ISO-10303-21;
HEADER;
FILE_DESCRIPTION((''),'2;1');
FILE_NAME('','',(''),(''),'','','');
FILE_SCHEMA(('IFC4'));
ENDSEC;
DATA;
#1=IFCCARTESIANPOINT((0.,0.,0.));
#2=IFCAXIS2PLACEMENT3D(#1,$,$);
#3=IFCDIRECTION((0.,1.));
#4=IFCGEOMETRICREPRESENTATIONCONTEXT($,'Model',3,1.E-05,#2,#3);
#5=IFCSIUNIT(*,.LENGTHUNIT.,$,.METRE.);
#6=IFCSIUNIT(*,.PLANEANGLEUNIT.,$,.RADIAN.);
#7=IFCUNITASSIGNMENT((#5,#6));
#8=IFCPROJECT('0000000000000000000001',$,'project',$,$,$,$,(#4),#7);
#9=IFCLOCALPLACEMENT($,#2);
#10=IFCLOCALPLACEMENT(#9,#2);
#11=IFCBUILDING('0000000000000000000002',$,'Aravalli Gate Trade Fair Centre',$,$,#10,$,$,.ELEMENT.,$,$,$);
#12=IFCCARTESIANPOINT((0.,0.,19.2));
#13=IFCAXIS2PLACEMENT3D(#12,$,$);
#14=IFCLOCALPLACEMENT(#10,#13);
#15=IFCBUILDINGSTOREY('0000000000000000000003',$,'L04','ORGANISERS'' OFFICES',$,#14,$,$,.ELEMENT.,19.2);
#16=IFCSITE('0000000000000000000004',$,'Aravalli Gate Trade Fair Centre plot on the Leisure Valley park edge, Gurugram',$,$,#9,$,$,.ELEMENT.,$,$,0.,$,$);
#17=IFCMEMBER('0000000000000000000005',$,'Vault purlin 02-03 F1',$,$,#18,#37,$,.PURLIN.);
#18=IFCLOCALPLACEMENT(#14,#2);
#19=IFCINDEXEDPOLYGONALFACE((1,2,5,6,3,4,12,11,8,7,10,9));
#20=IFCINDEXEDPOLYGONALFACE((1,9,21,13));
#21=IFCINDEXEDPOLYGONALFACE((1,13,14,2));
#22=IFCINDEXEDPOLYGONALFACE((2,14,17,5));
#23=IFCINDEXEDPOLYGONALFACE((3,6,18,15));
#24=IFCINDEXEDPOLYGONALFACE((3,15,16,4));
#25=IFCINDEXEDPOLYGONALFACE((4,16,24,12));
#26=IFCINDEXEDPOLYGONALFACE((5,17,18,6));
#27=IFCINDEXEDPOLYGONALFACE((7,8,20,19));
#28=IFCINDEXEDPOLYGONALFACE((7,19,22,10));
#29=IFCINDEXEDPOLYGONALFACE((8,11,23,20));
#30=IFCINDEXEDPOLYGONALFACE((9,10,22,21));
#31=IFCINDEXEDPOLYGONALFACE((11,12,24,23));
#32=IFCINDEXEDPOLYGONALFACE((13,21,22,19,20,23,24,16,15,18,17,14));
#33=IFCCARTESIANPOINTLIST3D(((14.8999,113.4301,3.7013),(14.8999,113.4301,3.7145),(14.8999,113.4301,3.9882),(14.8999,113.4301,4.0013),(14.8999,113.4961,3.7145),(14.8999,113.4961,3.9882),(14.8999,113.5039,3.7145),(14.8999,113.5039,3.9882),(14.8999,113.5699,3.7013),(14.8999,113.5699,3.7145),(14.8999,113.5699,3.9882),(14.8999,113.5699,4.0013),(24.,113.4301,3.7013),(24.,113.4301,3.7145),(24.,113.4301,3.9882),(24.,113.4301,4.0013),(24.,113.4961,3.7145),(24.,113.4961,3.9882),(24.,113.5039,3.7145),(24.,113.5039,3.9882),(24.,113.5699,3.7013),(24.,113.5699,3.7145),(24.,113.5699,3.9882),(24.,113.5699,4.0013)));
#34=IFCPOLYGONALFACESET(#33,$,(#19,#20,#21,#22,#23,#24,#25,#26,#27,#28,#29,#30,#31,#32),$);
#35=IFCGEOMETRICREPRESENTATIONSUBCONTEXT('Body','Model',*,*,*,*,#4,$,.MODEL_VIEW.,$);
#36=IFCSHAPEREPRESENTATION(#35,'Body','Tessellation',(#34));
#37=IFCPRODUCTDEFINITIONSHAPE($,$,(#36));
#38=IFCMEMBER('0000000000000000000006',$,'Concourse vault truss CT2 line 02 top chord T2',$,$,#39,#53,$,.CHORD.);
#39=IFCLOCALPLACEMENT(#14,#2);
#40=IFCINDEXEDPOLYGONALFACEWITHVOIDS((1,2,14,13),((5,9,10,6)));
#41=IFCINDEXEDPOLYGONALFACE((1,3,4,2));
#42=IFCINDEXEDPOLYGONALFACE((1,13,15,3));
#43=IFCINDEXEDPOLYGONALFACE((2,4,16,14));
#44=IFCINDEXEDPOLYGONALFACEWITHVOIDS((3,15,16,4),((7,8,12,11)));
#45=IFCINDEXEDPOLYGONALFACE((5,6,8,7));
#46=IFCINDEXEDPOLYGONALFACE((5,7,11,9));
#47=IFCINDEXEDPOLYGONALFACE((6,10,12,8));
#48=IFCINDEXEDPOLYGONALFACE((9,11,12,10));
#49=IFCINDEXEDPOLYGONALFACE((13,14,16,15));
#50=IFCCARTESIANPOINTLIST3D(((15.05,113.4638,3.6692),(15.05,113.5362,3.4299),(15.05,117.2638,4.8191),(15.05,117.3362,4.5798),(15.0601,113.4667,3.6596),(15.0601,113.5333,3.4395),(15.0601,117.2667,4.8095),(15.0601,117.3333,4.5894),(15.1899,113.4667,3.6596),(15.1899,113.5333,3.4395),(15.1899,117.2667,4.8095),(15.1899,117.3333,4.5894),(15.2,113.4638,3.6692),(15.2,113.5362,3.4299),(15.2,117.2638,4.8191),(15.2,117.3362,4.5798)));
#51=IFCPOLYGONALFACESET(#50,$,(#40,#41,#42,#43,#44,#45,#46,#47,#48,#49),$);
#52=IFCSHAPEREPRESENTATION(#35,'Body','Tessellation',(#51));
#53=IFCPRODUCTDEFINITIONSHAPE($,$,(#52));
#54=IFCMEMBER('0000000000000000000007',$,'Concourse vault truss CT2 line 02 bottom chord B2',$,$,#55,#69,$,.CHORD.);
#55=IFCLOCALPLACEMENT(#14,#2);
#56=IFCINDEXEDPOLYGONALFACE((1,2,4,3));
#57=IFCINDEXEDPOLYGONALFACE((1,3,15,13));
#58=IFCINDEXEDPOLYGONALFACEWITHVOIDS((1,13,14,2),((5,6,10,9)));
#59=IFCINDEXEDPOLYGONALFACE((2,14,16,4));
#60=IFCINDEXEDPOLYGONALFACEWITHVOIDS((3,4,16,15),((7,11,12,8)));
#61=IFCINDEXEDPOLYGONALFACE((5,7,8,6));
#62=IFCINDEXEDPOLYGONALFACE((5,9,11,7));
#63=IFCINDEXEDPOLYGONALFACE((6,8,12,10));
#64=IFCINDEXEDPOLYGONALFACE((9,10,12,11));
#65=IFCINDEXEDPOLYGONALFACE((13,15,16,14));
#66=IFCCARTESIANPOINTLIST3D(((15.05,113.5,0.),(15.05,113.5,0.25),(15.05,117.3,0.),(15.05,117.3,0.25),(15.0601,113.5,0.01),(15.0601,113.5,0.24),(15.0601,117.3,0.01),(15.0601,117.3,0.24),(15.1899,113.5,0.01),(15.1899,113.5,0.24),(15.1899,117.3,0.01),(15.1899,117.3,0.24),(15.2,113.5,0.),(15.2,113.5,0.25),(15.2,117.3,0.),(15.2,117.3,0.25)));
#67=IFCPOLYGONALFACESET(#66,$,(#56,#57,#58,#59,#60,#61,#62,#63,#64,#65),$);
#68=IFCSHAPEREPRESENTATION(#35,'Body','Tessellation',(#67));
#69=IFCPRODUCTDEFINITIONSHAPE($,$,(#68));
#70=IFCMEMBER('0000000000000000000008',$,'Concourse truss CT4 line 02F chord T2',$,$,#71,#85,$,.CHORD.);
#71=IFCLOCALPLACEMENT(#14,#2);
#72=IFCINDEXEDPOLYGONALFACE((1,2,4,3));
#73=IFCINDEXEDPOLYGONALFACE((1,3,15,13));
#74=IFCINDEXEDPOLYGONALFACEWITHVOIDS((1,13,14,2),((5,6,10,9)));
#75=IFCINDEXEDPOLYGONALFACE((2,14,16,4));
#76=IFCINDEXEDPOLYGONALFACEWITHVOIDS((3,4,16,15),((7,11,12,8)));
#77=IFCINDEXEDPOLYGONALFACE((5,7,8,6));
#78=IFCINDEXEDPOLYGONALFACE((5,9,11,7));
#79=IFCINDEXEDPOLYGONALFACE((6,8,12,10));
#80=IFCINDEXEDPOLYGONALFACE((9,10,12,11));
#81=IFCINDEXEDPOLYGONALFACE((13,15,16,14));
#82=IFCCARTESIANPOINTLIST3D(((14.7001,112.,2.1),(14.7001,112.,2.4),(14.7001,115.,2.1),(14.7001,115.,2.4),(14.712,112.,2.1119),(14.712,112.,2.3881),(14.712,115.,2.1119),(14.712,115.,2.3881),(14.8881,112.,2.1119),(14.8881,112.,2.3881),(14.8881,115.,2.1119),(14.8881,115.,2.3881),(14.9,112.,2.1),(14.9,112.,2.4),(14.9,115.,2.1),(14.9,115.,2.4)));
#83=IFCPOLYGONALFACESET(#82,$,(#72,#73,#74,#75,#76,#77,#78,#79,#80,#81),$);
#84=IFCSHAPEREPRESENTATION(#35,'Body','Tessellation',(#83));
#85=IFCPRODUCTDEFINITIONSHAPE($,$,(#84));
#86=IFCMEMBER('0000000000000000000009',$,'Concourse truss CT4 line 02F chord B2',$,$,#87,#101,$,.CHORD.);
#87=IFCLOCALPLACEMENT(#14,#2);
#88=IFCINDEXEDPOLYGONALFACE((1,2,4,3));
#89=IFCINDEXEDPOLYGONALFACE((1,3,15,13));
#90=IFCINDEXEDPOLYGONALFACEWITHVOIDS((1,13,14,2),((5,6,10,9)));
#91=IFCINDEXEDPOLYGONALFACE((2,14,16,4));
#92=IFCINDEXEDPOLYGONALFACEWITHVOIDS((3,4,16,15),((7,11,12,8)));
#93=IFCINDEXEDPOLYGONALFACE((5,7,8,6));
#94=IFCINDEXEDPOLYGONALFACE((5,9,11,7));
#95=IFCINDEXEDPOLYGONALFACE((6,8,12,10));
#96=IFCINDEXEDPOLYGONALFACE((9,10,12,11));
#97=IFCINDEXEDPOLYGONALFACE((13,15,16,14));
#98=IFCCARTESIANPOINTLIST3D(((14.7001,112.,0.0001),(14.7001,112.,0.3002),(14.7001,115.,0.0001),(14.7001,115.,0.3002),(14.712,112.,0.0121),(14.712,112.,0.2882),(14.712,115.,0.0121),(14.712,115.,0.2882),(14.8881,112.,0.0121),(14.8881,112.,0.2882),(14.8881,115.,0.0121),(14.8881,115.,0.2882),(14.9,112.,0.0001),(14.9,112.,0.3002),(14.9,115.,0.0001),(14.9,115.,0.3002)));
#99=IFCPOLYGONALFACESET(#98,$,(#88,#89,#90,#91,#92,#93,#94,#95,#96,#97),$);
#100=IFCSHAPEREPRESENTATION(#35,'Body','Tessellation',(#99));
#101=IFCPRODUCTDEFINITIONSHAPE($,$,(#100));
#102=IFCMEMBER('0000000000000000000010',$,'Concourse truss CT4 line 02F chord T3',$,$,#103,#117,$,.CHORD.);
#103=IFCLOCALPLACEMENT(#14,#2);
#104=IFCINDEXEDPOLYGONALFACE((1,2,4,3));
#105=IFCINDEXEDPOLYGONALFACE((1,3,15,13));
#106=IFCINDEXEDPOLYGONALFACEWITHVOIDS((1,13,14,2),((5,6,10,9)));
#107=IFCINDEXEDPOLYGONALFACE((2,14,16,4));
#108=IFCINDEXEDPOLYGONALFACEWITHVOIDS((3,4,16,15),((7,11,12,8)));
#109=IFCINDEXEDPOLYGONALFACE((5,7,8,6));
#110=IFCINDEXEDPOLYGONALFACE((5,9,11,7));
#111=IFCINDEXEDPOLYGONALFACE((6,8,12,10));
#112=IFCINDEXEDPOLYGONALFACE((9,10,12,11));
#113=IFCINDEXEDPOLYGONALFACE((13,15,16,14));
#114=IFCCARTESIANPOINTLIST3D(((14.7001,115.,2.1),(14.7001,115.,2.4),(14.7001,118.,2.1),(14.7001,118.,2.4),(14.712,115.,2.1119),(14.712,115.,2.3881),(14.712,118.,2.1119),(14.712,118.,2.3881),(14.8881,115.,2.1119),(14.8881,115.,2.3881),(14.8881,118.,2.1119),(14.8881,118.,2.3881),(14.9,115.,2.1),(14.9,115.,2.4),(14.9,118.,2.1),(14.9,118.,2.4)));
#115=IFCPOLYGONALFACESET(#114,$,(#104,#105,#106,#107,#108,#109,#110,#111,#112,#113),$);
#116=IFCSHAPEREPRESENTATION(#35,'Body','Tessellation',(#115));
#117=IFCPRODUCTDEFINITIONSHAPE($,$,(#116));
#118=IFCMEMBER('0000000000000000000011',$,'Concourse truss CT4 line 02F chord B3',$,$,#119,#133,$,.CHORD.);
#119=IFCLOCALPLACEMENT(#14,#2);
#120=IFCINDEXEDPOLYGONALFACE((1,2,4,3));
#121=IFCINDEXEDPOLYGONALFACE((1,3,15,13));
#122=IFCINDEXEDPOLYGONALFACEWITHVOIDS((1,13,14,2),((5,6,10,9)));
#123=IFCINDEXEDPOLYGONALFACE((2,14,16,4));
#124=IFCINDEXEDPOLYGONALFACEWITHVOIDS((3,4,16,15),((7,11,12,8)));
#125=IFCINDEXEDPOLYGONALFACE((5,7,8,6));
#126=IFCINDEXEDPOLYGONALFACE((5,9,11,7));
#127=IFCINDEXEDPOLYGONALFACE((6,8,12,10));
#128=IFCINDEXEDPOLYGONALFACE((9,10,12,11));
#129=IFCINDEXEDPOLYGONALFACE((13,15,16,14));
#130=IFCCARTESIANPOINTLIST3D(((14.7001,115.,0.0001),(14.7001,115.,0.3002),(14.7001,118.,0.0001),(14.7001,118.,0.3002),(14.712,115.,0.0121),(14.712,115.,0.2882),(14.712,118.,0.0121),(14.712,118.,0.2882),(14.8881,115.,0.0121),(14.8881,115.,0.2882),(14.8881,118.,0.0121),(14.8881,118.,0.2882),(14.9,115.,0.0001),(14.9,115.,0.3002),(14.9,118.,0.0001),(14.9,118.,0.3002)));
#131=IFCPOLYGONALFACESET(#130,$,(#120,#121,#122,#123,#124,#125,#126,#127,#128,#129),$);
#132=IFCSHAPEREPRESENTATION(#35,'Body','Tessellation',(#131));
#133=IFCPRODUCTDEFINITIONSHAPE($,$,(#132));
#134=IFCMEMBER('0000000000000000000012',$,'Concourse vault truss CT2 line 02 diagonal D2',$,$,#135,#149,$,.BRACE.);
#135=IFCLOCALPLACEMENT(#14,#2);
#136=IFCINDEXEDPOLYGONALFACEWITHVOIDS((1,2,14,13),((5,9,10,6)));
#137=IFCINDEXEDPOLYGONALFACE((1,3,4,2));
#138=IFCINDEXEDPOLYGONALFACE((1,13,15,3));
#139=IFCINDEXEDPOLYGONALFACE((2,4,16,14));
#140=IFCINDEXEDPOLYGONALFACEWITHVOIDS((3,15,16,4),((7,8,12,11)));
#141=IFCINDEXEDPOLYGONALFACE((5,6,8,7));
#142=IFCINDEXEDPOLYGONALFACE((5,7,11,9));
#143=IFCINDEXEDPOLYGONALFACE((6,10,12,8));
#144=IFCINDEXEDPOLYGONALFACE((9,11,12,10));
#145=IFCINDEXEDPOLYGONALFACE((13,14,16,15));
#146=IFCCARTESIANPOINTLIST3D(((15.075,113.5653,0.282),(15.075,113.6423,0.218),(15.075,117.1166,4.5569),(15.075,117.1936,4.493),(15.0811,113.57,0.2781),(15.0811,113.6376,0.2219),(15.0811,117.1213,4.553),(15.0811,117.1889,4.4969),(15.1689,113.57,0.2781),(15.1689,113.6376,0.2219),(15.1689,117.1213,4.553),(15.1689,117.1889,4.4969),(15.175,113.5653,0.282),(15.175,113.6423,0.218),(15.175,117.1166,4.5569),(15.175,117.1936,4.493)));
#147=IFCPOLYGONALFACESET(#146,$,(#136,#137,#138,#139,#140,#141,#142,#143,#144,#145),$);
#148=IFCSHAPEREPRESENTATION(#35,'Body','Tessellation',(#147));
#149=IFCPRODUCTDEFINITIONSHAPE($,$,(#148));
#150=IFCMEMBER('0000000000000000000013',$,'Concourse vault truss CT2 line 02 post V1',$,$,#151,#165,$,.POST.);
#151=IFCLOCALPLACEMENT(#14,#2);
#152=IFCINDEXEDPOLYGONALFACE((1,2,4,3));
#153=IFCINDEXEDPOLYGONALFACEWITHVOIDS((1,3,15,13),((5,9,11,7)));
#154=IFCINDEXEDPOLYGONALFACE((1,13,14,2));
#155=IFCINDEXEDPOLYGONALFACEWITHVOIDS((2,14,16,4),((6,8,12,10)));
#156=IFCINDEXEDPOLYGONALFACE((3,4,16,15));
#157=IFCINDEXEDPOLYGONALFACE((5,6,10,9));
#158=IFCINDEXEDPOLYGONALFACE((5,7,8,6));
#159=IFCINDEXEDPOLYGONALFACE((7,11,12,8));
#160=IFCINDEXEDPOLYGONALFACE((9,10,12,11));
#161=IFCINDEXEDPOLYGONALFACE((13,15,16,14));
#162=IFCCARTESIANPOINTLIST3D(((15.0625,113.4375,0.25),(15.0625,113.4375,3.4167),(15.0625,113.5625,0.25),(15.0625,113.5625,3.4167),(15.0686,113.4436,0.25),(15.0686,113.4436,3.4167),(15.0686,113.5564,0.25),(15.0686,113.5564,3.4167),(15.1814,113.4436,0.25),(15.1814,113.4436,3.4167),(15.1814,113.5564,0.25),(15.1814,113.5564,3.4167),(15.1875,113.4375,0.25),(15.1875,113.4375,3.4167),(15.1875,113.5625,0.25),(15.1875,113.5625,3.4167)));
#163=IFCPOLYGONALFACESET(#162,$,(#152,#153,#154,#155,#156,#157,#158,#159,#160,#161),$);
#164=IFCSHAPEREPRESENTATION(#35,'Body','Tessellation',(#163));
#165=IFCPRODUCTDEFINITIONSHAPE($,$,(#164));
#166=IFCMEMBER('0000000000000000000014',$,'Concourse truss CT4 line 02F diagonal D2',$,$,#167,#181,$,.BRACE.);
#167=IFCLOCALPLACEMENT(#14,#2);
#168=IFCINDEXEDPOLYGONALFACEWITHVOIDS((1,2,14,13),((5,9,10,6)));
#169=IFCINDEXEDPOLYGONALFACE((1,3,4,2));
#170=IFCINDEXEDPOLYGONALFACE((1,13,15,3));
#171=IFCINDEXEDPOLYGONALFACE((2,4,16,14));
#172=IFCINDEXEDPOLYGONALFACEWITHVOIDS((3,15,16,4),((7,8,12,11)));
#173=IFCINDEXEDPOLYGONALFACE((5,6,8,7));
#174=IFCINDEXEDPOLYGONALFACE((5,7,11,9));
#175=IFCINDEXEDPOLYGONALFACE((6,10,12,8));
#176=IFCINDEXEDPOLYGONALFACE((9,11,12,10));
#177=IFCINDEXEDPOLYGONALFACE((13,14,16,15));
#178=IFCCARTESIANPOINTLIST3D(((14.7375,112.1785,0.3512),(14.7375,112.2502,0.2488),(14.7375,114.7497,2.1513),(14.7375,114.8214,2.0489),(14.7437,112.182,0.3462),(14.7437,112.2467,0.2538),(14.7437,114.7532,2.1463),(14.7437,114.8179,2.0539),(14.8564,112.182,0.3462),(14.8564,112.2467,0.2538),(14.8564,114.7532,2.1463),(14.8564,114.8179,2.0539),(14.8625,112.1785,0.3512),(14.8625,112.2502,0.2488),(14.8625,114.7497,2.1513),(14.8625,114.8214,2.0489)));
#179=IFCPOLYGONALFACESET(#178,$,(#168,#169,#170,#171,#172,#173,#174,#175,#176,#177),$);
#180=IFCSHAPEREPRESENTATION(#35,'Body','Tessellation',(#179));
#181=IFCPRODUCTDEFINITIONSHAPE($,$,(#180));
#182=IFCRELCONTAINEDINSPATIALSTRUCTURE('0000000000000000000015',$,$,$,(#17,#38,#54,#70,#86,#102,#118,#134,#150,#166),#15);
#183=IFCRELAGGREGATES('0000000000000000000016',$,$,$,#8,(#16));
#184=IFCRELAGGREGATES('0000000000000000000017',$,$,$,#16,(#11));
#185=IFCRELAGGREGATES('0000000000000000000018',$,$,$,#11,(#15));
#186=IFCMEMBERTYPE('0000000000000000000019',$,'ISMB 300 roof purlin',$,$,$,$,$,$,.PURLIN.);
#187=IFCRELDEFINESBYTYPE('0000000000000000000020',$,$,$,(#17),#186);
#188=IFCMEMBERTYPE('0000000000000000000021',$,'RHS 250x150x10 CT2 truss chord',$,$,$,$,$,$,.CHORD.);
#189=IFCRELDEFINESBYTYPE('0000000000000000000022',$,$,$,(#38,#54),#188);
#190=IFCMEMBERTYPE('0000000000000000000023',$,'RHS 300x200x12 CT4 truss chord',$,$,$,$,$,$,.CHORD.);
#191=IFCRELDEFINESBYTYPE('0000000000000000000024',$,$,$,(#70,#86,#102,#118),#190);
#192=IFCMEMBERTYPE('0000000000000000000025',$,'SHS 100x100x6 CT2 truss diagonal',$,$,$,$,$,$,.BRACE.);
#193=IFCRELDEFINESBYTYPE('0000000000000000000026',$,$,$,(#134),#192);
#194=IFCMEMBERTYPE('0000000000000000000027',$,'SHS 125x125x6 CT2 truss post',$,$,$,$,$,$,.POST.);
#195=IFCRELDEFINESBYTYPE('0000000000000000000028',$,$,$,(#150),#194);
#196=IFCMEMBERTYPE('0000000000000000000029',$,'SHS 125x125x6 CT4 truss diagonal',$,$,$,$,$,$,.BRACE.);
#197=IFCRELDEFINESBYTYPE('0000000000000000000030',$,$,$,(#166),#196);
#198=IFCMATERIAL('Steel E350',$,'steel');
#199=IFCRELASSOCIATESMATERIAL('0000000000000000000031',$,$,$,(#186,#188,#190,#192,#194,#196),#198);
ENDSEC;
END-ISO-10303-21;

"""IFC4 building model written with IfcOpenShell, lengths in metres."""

from ifc_helpers import new_model, si_unit, direction, frame, origin, origin_2d, place, context, subcontext, project, spatial, hollow_rectangle, i_section, extrude, material, material_profile, profile_set, type_object, element, save


model = new_model("IFC4")

# Units and contexts
model_context = context("Model", 3, precision=1e-05, world=origin(), true_north=direction((0.0, 1.0)))
body_context = subcontext(model_context, "Body", "Model", "MODEL_VIEW")
ifc_project = project(units=[si_unit("LENGTHUNIT", "METRE"), si_unit("PLANEANGLEUNIT", "RADIAN")], contexts=[model_context])

# Site, building, storey
site_placement = place(None, origin())
site = spatial("IfcSite", under=ifc_project, at=site_placement, Name="Aravalli Gate Trade Fair Centre plot on the Leisure Valley park edge, Gurugram", CompositionType="ELEMENT", RefElevation=0.0)
building_placement = place(site_placement, origin())
building = spatial("IfcBuilding", under=site, at=building_placement, Name="Aravalli Gate Trade Fair Centre", CompositionType="ELEMENT")
storey_placement = place(building_placement, frame((0.0, 0.0, 19.2)))
storey = spatial("IfcBuildingStorey", under=building, at=storey_placement, Name="L04", Description="ORGANISERS' OFFICES", CompositionType="ELEMENT", Elevation=19.2)

# Members
ifc_material_1 = material(Name="Steel E350", Category="steel")
ifc_material_profile_1 = material_profile(ifc_material_1, i_section(OverallWidth=0.1399, OverallDepth=0.3, WebThickness=0.0078, FlangeThickness=0.0132, at=origin_2d()), Name="ISMB 300")
ifc_profile_set_1 = profile_set([ifc_material_profile_1], Name="Steel E350")
member_type_1 = type_object("IfcMemberType", Name="ISMB 300 roof purlin", PredefinedType="PURLIN", material=ifc_profile_set_1)
member_1_placement = place(storey_placement, frame((14.8999, 113.5, 3.8513), z_axis=(1.0, 0.0, 0.0), x_axis=(0.0, 1.0, 0.0)))
element("IfcMember", 1, at=member_1_placement, inside=storey, type_object=member_type_1, Name="Vault purlin 02-03 F1", PredefinedType="PURLIN", context=body_context, shape_type="SweptSolid", body=[
    extrude(i_section(OverallWidth=0.1399, OverallDepth=0.3, WebThickness=0.0078, FlangeThickness=0.0132, at=origin_2d()), origin(), (0.0, 0.0, 1.0), 9.1001),
])
ifc_material_profile_2 = material_profile(ifc_material_1, hollow_rectangle(XDim=0.1499, YDim=0.25, WallThickness=0.01, at=origin_2d()), Name="RHS 250x150x10")
ifc_profile_set_2 = profile_set([ifc_material_profile_2], Name="Steel E350")
member_type_2 = type_object("IfcMemberType", Name="RHS 250x150x10 CT2 truss chord", PredefinedType="CHORD", material=ifc_profile_set_2)
member_2_placement = place(storey_placement, frame((15.125, 113.5, 3.5496), z_axis=(0.0, 0.957138, 0.289632), x_axis=(-1.0, 0.0, 0.0)))
element("IfcMember", 2, at=member_2_placement, inside=storey, type_object=member_type_2, Name="Concourse vault truss CT2 line 02 top chord T2", PredefinedType="CHORD", context=body_context, shape_type="SweptSolid", body=[
    extrude(hollow_rectangle(XDim=0.1499, YDim=0.25, WallThickness=0.01, at=origin_2d()), origin(), (0.0, 0.0, 1.0), 3.9702),
])
member_3_placement = place(storey_placement, frame((15.125, 113.5, 0.125), z_axis=(0.0, 1.0, 0.0), x_axis=(-1.0, 0.0, 0.0)))
element("IfcMember", 3, at=member_3_placement, inside=storey, type_object=member_type_2, Name="Concourse vault truss CT2 line 02 bottom chord B2", PredefinedType="CHORD", context=body_context, shape_type="SweptSolid", body=[
    extrude(hollow_rectangle(XDim=0.1499, YDim=0.25, WallThickness=0.01, at=origin_2d()), origin(), (0.0, 0.0, 1.0), 3.8),
])
ifc_material_profile_3 = material_profile(ifc_material_1, hollow_rectangle(XDim=0.2, YDim=0.3, WallThickness=0.012, at=origin_2d()), Name="RHS 300x200x12")
ifc_profile_set_3 = profile_set([ifc_material_profile_3], Name="Steel E350")
member_type_3 = type_object("IfcMemberType", Name="RHS 300x200x12 CT4 truss chord", PredefinedType="CHORD", material=ifc_profile_set_3)
for number, where, z_axis, x_axis, name in (
    (4, (14.8, 112.0, 2.25), (0.0, 1.0, 0.0), (-1.0, 0.0, 0.0), "Concourse truss CT4 line 02F chord T2"),
    (5, (14.8, 112.0, 0.1501), (0.0, 1.0, 0.0), (-1.0, 0.0, 0.0), "Concourse truss CT4 line 02F chord B2"),
    (6, (14.8, 115.0, 2.25), (0.0, 1.0, 0.0), (-1.0, 0.0, 0.0), "Concourse truss CT4 line 02F chord T3"),
    (7, (14.8, 115.0, 0.1501), (0.0, 1.0, 0.0), (-1.0, 0.0, 0.0), "Concourse truss CT4 line 02F chord B3"),
):
    element("IfcMember", number, at=place(storey_placement, frame(where, z_axis=z_axis, x_axis=x_axis)), inside=storey, type_object=member_type_3, Name=name, PredefinedType="CHORD", context=body_context, shape_type="SweptSolid", body=[
        extrude(hollow_rectangle(XDim=0.2, YDim=0.3, WallThickness=0.012, at=origin_2d()), origin(), (0.0, 0.0, 1.0), 3.0),
    ])
ifc_material_profile_4 = material_profile(ifc_material_1, hollow_rectangle(XDim=0.1001, YDim=0.1001, WallThickness=0.0061, at=origin_2d()), Name="SHS 100x100x6")
ifc_profile_set_4 = profile_set([ifc_material_profile_4], Name="Steel E350")
member_type_4 = type_object("IfcMemberType", Name="SHS 100x100x6 CT2 truss diagonal", PredefinedType="BRACE", material=ifc_profile_set_4)
member_4_placement = place(storey_placement, frame((15.125, 113.6038, 0.25), z_axis=(0.0, 0.639, 0.769207), x_axis=(-1.0, 0.0, 0.0)))
element("IfcMember", 8, at=member_4_placement, inside=storey, type_object=member_type_4, Name="Concourse vault truss CT2 line 02 diagonal D2", PredefinedType="BRACE", context=body_context, shape_type="SweptSolid", body=[
    extrude(hollow_rectangle(XDim=0.1001, YDim=0.1001, WallThickness=0.0061, at=origin_2d()), origin(), (0.0, 0.0, 1.0), 5.5576),
])
ifc_material_profile_5 = material_profile(ifc_material_1, hollow_rectangle(XDim=0.125, YDim=0.125, WallThickness=0.0061, at=origin_2d()), Name="SHS 125x125x6")
ifc_profile_set_5 = profile_set([ifc_material_profile_5], Name="Steel E350")
member_type_5 = type_object("IfcMemberType", Name="SHS 125x125x6 CT2 truss post", PredefinedType="POST", material=ifc_profile_set_5)
member_5_placement = place(storey_placement, frame((15.125, 113.5, 0.25), z_axis=(0.0, 0.0, 1.0), x_axis=(1.0, 0.0, 0.0)))
element("IfcMember", 9, at=member_5_placement, inside=storey, type_object=member_type_5, Name="Concourse vault truss CT2 line 02 post V1", PredefinedType="POST", context=body_context, shape_type="SweptSolid", body=[
    extrude(hollow_rectangle(XDim=0.125, YDim=0.125, WallThickness=0.0061, at=origin_2d()), origin(), (0.0, 0.0, 1.0), 3.1667),
])
ifc_material_profile_6 = material_profile(ifc_material_1, hollow_rectangle(XDim=0.125, YDim=0.125, WallThickness=0.0061, at=origin_2d()), Name="SHS 125x125x6")
ifc_profile_set_6 = profile_set([ifc_material_profile_6], Name="Steel E350")
member_type_6 = type_object("IfcMemberType", Name="SHS 125x125x6 CT4 truss diagonal", PredefinedType="BRACE", material=ifc_profile_set_6)
for number, where, z_axis, x_axis, name in (
    (10, (14.8, 112.2144, 0.3), (0.0, 0.81921, 0.573494), (-1.0, 0.0, 0.0), "Concourse truss CT4 line 02F diagonal D2"),
):
    element("IfcMember", number, at=place(storey_placement, frame(where, z_axis=z_axis, x_axis=x_axis)), inside=storey, type_object=member_type_6, Name=name, PredefinedType="BRACE", context=body_context, shape_type="SweptSolid", body=[
        extrude(hollow_rectangle(XDim=0.125, YDim=0.125, WallThickness=0.0061, at=origin_2d()), origin(), (0.0, 0.0, 1.0), 3.1387),
    ])

save(model, "model.ifc")
